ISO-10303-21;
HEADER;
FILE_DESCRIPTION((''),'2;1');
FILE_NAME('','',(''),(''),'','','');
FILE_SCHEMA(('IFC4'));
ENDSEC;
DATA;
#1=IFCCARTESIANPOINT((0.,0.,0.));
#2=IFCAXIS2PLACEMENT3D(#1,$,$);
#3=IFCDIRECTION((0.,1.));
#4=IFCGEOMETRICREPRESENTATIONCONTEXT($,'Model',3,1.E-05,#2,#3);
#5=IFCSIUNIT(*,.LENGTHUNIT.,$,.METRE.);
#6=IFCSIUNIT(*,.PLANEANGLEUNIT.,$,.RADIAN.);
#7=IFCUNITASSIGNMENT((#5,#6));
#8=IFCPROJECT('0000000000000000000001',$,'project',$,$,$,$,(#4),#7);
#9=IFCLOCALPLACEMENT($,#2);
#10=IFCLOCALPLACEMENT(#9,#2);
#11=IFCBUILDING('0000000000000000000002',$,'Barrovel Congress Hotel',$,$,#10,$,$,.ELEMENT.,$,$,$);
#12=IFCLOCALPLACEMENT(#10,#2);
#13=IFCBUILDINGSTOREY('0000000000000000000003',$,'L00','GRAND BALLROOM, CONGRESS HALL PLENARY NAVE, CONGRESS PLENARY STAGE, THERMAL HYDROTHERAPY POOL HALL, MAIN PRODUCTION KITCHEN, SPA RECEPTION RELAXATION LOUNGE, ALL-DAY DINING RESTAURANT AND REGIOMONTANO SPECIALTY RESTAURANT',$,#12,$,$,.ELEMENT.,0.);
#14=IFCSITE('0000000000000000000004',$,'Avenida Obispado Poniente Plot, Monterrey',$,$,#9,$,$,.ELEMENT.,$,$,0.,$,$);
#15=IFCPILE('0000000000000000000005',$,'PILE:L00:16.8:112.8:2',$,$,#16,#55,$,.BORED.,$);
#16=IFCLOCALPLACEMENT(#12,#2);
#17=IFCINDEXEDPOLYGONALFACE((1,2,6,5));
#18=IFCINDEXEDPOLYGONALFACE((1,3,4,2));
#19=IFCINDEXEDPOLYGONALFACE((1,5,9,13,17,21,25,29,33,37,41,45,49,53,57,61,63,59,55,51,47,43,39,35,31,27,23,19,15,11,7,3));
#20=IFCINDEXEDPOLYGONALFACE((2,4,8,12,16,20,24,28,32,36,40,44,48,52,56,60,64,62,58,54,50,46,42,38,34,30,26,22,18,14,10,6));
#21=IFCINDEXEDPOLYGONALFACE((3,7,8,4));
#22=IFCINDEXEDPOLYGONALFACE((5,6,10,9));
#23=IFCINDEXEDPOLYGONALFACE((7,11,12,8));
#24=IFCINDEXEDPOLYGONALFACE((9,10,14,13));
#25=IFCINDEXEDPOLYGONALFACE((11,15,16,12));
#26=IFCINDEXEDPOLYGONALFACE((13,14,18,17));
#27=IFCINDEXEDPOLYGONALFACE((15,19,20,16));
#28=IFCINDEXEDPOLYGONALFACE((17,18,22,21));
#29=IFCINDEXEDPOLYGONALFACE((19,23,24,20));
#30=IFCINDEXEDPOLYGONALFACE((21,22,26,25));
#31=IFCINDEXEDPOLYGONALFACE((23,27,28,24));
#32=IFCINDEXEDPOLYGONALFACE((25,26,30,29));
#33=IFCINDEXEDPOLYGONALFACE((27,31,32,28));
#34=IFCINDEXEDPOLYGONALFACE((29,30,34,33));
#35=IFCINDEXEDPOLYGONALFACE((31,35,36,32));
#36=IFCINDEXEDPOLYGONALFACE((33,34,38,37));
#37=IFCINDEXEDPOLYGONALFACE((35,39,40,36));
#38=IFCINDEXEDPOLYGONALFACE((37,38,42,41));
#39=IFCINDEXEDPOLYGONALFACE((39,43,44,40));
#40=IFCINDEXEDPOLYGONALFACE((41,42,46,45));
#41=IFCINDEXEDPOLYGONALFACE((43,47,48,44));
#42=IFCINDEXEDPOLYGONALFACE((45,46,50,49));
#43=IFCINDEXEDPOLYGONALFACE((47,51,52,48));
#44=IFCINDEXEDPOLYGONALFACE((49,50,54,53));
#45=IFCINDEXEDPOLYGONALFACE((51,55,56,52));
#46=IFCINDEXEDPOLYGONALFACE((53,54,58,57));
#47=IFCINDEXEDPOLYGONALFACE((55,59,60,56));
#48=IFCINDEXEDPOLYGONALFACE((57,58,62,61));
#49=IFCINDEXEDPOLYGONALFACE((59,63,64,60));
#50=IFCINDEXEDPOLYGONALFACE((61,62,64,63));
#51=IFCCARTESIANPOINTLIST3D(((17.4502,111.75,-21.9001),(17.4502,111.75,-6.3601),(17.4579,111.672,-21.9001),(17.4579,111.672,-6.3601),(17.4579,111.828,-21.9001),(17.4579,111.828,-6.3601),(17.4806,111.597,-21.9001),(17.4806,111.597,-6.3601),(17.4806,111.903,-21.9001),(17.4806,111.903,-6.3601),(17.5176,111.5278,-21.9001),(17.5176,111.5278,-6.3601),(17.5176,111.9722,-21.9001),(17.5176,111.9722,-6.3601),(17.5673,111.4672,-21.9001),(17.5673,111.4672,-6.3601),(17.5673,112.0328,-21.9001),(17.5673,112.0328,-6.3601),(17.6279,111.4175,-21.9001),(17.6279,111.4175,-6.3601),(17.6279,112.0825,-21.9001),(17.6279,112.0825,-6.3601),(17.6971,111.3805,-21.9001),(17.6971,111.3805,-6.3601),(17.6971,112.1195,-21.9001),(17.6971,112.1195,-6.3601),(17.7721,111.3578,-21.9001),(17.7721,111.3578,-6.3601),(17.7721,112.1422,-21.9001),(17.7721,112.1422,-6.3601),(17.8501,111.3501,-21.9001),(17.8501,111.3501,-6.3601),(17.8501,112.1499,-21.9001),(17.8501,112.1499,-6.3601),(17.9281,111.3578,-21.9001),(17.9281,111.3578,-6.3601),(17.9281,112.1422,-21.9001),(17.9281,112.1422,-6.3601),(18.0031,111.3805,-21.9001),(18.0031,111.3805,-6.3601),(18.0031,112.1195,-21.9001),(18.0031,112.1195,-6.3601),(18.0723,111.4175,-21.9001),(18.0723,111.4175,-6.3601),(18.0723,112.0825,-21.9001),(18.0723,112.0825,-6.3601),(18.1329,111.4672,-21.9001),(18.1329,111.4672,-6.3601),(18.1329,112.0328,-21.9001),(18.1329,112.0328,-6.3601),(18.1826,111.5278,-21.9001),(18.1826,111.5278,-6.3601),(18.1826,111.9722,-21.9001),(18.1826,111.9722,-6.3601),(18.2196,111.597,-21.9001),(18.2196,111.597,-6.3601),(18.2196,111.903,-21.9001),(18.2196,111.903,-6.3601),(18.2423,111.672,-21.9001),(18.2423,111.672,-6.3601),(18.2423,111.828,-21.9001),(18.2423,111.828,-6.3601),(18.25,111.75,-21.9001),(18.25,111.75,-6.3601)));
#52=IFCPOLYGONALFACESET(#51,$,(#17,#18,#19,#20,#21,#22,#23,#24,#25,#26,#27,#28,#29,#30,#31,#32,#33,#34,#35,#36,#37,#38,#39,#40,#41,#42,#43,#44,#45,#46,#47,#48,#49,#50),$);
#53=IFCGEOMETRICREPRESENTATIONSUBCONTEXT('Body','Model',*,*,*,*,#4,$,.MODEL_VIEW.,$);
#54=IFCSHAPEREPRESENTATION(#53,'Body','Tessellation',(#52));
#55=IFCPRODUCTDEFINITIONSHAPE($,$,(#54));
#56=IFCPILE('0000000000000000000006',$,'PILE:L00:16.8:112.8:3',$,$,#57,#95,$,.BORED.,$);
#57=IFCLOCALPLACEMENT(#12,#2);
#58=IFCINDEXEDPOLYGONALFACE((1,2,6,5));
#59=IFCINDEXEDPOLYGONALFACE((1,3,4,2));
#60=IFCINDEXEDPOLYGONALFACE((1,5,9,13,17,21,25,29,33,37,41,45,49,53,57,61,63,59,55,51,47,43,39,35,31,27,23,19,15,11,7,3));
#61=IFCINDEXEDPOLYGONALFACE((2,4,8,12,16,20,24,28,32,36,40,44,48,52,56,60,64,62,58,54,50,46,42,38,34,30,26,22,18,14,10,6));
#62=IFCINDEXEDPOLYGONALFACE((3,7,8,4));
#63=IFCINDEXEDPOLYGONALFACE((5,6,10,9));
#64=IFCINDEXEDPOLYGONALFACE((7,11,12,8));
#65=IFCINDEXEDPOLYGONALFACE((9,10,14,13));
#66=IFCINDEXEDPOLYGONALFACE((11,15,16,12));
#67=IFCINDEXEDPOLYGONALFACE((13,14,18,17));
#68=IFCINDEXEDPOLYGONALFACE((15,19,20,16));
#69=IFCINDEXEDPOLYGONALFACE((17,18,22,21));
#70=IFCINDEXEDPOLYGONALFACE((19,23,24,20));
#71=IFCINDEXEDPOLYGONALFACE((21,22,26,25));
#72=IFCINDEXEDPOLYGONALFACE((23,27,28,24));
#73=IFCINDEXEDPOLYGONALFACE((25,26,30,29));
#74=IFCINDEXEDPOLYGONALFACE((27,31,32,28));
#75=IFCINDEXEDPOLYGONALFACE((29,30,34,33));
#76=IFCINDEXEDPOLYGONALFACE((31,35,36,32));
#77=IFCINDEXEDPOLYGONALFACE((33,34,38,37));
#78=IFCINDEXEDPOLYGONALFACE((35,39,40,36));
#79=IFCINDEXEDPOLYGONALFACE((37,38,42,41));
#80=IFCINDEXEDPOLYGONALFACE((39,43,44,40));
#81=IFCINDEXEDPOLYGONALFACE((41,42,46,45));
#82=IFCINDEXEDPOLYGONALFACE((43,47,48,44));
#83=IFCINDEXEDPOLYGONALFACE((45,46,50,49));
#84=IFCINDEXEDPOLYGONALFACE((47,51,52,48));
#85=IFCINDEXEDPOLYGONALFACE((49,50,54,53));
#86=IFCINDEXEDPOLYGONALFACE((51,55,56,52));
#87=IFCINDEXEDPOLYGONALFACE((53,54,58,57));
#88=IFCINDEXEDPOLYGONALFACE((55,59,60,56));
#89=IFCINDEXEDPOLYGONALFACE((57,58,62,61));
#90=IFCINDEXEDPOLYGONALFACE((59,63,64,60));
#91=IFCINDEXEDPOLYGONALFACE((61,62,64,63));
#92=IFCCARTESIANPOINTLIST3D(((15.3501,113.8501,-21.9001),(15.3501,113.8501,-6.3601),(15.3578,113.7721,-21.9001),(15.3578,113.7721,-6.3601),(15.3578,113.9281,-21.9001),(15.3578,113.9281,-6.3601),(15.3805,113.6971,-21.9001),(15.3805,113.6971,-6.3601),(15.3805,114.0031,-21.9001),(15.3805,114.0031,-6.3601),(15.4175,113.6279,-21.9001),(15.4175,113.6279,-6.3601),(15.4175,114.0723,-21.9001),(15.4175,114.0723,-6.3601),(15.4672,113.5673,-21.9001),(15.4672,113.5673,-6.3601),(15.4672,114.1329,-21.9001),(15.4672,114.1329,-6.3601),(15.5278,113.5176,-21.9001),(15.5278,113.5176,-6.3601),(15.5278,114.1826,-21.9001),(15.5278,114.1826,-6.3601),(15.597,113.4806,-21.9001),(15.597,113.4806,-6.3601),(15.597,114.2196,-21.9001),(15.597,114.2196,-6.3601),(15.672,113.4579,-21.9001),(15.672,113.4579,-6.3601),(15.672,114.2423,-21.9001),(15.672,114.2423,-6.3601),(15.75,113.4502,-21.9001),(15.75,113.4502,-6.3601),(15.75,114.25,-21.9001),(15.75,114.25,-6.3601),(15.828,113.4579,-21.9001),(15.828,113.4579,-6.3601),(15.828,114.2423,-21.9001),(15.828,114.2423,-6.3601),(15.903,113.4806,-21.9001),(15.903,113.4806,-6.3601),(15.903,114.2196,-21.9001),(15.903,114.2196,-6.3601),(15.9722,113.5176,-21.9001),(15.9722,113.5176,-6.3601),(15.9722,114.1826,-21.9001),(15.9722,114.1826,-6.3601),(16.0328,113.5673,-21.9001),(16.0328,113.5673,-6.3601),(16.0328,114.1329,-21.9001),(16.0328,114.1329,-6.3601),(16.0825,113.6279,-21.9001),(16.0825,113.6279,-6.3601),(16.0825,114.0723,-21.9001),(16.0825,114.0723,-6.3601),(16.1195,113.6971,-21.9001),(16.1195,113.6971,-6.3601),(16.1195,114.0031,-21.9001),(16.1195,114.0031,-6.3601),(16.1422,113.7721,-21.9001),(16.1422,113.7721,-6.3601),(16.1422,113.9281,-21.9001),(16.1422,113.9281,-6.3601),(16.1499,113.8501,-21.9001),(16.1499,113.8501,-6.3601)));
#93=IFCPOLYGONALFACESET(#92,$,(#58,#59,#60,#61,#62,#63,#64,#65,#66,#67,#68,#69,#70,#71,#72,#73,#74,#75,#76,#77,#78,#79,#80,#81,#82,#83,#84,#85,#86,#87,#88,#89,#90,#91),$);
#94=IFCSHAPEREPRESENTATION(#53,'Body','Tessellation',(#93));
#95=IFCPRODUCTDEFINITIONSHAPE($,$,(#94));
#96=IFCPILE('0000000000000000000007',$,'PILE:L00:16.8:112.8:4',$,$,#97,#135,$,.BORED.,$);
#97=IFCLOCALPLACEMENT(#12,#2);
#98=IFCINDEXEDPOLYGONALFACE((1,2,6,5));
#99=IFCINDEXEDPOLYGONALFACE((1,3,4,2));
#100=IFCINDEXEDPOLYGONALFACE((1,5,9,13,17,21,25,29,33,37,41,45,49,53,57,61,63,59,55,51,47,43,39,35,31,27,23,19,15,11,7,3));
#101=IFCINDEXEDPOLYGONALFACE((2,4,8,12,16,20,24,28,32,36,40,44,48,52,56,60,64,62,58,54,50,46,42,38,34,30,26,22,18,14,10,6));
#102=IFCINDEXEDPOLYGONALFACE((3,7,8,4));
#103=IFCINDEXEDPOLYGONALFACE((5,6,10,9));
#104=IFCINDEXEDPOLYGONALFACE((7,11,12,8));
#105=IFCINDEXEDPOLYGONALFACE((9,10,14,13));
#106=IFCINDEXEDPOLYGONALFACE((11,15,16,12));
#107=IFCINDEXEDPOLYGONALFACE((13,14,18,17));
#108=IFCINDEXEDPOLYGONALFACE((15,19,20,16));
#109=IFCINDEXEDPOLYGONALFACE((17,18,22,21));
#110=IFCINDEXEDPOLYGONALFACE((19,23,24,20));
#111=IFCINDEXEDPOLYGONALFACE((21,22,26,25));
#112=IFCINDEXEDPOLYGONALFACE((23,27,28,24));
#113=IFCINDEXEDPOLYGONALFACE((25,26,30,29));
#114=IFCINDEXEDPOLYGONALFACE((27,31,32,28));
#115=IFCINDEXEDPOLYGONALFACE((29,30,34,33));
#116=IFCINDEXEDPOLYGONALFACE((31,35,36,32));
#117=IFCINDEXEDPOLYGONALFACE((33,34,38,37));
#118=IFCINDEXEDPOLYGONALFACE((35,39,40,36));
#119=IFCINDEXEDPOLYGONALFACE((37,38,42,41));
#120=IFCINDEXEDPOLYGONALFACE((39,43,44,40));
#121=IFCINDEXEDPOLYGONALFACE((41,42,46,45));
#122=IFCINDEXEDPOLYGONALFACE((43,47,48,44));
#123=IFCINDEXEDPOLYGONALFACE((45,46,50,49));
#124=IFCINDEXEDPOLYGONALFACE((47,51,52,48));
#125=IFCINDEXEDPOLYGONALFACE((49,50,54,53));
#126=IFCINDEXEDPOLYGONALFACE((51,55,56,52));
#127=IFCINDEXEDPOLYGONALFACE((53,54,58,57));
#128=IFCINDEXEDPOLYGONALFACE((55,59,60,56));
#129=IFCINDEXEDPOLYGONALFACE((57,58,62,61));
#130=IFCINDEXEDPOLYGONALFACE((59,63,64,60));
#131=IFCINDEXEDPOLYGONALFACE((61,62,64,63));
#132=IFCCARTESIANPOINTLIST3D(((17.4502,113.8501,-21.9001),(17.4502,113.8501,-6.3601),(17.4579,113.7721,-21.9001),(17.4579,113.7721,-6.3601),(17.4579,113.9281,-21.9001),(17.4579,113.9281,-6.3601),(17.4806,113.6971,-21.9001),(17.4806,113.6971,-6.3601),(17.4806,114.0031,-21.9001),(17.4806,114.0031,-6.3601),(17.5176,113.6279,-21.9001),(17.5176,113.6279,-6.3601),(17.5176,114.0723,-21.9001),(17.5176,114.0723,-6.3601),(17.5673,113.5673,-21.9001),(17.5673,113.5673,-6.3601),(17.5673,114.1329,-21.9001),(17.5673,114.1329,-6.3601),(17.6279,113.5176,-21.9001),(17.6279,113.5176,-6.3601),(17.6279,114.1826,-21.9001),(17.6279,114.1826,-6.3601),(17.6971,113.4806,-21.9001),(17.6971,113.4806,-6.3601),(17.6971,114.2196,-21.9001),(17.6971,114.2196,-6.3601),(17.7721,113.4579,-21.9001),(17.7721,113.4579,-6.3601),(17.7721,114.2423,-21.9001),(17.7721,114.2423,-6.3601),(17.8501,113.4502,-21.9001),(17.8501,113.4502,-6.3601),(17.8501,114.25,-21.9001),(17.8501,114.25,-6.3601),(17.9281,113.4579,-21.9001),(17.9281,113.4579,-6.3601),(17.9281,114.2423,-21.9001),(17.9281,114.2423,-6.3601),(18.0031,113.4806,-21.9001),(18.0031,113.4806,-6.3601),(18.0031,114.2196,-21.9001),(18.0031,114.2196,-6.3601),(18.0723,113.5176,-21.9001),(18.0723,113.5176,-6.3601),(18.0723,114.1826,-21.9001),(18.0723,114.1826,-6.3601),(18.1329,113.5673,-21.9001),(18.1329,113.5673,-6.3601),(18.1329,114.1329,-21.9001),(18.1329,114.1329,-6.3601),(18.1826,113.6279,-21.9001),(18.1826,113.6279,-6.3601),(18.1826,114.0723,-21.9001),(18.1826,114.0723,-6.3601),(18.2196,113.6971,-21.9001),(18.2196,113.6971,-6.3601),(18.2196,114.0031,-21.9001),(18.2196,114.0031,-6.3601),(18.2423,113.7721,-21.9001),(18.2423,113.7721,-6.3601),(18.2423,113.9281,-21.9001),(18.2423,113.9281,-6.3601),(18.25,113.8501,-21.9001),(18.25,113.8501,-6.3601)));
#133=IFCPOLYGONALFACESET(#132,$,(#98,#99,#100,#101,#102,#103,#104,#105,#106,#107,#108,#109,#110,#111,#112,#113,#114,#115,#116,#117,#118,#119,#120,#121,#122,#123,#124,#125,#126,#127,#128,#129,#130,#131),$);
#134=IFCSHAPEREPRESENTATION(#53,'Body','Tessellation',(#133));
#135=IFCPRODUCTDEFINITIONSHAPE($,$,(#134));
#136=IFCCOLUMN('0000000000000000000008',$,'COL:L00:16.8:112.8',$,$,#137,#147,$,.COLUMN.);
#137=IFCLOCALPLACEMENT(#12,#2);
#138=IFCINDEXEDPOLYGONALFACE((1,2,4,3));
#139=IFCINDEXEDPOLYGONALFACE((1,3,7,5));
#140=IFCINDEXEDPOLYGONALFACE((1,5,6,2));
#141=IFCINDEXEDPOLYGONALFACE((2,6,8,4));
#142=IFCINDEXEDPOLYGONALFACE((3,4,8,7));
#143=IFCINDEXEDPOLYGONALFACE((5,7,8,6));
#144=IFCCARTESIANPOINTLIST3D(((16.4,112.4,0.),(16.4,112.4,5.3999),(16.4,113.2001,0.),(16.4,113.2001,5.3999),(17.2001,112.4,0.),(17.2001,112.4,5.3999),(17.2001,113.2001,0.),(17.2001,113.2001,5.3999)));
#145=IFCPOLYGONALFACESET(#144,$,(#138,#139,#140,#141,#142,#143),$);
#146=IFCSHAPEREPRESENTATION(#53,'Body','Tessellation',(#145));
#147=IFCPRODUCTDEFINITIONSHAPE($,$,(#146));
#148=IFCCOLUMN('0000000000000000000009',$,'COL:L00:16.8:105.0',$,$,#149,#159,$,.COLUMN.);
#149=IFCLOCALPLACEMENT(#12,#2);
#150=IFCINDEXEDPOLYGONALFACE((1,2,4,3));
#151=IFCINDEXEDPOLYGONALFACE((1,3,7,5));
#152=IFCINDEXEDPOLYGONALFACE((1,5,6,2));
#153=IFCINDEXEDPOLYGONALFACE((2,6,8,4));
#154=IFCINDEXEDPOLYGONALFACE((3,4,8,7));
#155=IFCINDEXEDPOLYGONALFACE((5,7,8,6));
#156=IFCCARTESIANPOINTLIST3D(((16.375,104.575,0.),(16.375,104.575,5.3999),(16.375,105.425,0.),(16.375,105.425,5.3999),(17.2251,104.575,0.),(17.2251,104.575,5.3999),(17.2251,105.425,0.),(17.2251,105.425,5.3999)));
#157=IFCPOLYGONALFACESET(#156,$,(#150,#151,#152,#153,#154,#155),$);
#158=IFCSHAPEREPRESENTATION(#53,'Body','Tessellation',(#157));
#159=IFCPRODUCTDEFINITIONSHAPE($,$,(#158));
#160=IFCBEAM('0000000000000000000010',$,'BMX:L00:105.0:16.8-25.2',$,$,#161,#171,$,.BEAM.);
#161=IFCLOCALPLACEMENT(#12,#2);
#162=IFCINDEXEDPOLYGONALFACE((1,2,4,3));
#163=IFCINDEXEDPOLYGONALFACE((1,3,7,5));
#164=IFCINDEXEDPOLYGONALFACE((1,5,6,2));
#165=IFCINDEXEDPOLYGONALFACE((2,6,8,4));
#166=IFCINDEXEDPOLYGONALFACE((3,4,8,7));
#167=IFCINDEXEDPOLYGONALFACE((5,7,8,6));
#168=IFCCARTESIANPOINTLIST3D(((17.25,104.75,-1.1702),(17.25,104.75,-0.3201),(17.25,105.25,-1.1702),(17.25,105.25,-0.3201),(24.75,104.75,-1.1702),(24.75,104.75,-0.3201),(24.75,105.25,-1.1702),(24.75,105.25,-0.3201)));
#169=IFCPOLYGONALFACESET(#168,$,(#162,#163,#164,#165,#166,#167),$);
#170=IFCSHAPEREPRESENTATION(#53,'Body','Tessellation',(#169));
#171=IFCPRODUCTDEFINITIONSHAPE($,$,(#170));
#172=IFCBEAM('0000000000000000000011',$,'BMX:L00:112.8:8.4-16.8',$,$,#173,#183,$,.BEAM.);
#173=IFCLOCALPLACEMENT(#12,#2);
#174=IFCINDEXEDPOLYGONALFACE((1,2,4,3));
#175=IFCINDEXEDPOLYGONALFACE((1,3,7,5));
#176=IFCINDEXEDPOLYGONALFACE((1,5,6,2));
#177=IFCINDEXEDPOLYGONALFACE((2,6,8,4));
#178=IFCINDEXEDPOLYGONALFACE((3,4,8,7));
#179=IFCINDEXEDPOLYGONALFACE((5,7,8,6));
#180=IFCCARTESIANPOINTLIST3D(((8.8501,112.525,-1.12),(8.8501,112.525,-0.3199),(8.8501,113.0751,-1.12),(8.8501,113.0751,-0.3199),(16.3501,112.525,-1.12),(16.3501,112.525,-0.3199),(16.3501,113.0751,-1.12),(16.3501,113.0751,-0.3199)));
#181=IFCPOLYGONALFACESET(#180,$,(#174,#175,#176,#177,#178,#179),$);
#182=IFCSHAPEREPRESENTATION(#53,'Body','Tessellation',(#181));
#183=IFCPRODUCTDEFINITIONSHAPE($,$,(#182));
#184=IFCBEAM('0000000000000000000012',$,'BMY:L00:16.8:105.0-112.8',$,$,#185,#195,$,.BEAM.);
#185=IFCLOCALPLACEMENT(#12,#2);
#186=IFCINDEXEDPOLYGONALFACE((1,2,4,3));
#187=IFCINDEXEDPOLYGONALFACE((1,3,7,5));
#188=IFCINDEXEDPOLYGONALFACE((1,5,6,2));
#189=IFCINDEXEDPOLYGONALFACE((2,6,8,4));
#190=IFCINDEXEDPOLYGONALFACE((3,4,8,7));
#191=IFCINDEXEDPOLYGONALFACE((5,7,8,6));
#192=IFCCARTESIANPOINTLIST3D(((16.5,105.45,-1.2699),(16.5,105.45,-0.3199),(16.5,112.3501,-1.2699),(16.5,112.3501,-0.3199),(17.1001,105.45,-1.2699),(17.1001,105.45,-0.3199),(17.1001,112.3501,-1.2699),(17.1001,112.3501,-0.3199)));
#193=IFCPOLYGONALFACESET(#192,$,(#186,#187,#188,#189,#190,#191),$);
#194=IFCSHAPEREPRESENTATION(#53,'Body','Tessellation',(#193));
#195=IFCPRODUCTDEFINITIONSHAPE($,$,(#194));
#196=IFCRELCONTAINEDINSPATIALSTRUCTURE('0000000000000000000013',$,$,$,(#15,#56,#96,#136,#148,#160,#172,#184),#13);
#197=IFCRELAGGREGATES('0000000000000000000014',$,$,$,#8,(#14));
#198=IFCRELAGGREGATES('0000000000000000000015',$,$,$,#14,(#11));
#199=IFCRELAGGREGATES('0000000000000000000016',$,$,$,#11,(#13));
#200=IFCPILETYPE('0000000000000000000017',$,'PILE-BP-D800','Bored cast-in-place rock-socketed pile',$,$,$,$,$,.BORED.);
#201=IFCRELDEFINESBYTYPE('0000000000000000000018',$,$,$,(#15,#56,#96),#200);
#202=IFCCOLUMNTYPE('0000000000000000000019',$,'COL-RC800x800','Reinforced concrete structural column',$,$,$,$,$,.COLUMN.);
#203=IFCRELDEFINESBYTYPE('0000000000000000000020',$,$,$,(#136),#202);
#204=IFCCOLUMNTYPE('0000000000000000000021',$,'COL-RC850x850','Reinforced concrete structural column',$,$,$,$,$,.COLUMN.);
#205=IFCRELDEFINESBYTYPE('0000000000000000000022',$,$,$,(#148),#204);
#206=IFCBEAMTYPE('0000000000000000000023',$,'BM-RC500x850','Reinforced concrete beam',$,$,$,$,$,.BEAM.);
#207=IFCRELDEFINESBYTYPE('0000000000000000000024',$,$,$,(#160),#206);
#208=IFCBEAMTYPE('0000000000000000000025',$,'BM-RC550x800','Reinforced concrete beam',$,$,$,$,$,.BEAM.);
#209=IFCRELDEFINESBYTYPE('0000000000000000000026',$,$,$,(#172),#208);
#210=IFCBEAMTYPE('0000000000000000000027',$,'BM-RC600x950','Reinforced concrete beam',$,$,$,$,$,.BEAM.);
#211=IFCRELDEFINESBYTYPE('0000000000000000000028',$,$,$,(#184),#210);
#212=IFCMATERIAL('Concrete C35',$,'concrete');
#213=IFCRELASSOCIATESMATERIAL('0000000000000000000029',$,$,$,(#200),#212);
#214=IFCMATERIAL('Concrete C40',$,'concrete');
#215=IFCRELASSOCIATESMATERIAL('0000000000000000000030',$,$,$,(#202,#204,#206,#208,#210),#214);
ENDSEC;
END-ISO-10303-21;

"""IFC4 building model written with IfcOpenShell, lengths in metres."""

from ifc_helpers import new_model, si_unit, direction, frame, origin, origin_2d, place, context, subcontext, project, spatial, rectangle, circle, extrude, material, material_profile, profile_set, type_object, element, save


model = new_model("IFC4")

# Units and contexts
model_context = context("Model", 3, precision=1e-05, world=origin(), true_north=direction((0.0, 1.0)))
body_context = subcontext(model_context, "Body", "Model", "MODEL_VIEW")
ifc_project = project(units=[si_unit("LENGTHUNIT", "METRE"), si_unit("PLANEANGLEUNIT", "RADIAN")], contexts=[model_context])

# Site, building, storey
site_placement = place(None, origin())
site = spatial("IfcSite", under=ifc_project, at=site_placement, Name="Avenida Obispado Poniente Plot, Monterrey", CompositionType="ELEMENT", RefElevation=0.0)
building_placement = place(site_placement, origin())
building = spatial("IfcBuilding", under=site, at=building_placement, Name="Barrovel Congress Hotel", CompositionType="ELEMENT")
storey_placement = place(building_placement, origin())
storey = spatial("IfcBuildingStorey", under=building, at=storey_placement, Name="L00", Description="GRAND BALLROOM, CONGRESS HALL PLENARY NAVE, CONGRESS PLENARY STAGE, THERMAL HYDROTHERAPY POOL HALL, MAIN PRODUCTION KITCHEN, SPA RECEPTION RELAXATION LOUNGE, ALL-DAY DINING RESTAURANT AND REGIOMONTANO SPECIALTY RESTAURANT", CompositionType="ELEMENT", Elevation=0.0)

# Shared definitions
ifc_material_1 = material(Name="Concrete C40", Category="concrete")

# Piles
ifc_material_2 = material(Name="Concrete C35", Category="concrete")
ifc_material_profile_1 = material_profile(ifc_material_2, circle(Radius=0.3999, at=origin_2d()), Name="BP-D800")
ifc_profile_set_1 = profile_set([ifc_material_profile_1], Name="Concrete C35")
pile_type = type_object("IfcPileType", Name="PILE-BP-D800", Description="Bored cast-in-place rock-socketed pile", PredefinedType="BORED", material=ifc_profile_set_1)
for number, where, z_axis, x_axis, name in (
    (1, (17.8501, 111.75, -6.3601), (0.0, 0.0, -1.0), (1.0, 0.0, 0.0), "PILE:L00:16.8:112.8:2"),
    (2, (15.75, 113.8501, -6.3601), (0.0, 0.0, -1.0), (1.0, 0.0, 0.0), "PILE:L00:16.8:112.8:3"),
    (3, (17.8501, 113.8501, -6.3601), (0.0, 0.0, -1.0), (1.0, 0.0, 0.0), "PILE:L00:16.8:112.8:4"),
):
    element("IfcPile", number, at=place(storey_placement, frame(where, z_axis=z_axis, x_axis=x_axis)), inside=storey, type_object=pile_type, Name=name, PredefinedType="BORED", context=body_context, shape_type="SweptSolid", body=[
        extrude(circle(Radius=0.3999, at=origin_2d()), origin(), (0.0, 0.0, 1.0), 15.54),
    ])

# Columns
ifc_material_profile_2 = material_profile(ifc_material_1, rectangle(XDim=0.8, YDim=0.8, at=origin_2d()), Name="RC800x800")
ifc_profile_set_2 = profile_set([ifc_material_profile_2], Name="Concrete C40")
column_type_1 = type_object("IfcColumnType", Name="COL-RC800x800", Description="Reinforced concrete structural column", PredefinedType="COLUMN", material=ifc_profile_set_2)
column_1_placement = place(storey_placement, frame((16.8, 112.8, 0.0), z_axis=(0.0, 0.0, 1.0), x_axis=(1.0, 0.0, 0.0)))
element("IfcColumn", 4, at=column_1_placement, inside=storey, type_object=column_type_1, Name="COL:L00:16.8:112.8", PredefinedType="COLUMN", context=body_context, shape_type="SweptSolid", body=[
    extrude(rectangle(XDim=0.8, YDim=0.8, at=origin_2d()), origin(), (0.0, 0.0, 1.0), 5.3999),
])
ifc_material_profile_3 = material_profile(ifc_material_1, rectangle(XDim=0.8501, YDim=0.8501, at=origin_2d()), Name="RC850x850")
ifc_profile_set_3 = profile_set([ifc_material_profile_3], Name="Concrete C40")
column_type_2 = type_object("IfcColumnType", Name="COL-RC850x850", Description="Reinforced concrete structural column", PredefinedType="COLUMN", material=ifc_profile_set_3)
column_2_placement = place(storey_placement, frame((16.8, 105.0, 0.0), z_axis=(0.0, 0.0, 1.0), x_axis=(1.0, 0.0, 0.0)))
element("IfcColumn", 5, at=column_2_placement, inside=storey, type_object=column_type_2, Name="COL:L00:16.8:105.0", PredefinedType="COLUMN", context=body_context, shape_type="SweptSolid", body=[
    extrude(rectangle(XDim=0.8501, YDim=0.8501, at=origin_2d()), origin(), (0.0, 0.0, 1.0), 5.3999),
])

# Beams
ifc_material_profile_4 = material_profile(ifc_material_1, rectangle(XDim=0.5, YDim=0.8501, at=origin_2d()), Name="RC500x850")
ifc_profile_set_4 = profile_set([ifc_material_profile_4], Name="Concrete C40")
beam_type_1 = type_object("IfcBeamType", Name="BM-RC500x850", Description="Reinforced concrete beam", PredefinedType="BEAM", material=ifc_profile_set_4)
beam_1_placement = place(storey_placement, frame((17.25, 105.0, -0.7451), z_axis=(1.0, 0.0, 0.0), x_axis=(0.0, 1.0, 0.0)))
element("IfcBeam", 6, at=beam_1_placement, inside=storey, type_object=beam_type_1, Name="BMX:L00:105.0:16.8-25.2", PredefinedType="BEAM", context=body_context, shape_type="SweptSolid", body=[
    extrude(rectangle(XDim=0.5, YDim=0.8501, at=origin_2d()), origin(), (0.0, 0.0, 1.0), 7.5),
])
ifc_material_profile_5 = material_profile(ifc_material_1, rectangle(XDim=0.55, YDim=0.8, at=origin_2d()), Name="RC550x800")
ifc_profile_set_5 = profile_set([ifc_material_profile_5], Name="Concrete C40")
beam_type_2 = type_object("IfcBeamType", Name="BM-RC550x800", Description="Reinforced concrete beam", PredefinedType="BEAM", material=ifc_profile_set_5)
beam_2_placement = place(storey_placement, frame((8.8501, 112.8, -0.72), z_axis=(1.0, 0.0, 0.0), x_axis=(0.0, 1.0, 0.0)))
element("IfcBeam", 7, at=beam_2_placement, inside=storey, type_object=beam_type_2, Name="BMX:L00:112.8:8.4-16.8", PredefinedType="BEAM", context=body_context, shape_type="SweptSolid", body=[
    extrude(rectangle(XDim=0.55, YDim=0.8, at=origin_2d()), origin(), (0.0, 0.0, 1.0), 7.5),
])
ifc_material_profile_6 = material_profile(ifc_material_1, rectangle(XDim=0.6001, YDim=0.95, at=origin_2d()), Name="RC600x950")
ifc_profile_set_6 = profile_set([ifc_material_profile_6], Name="Concrete C40")
beam_type_3 = type_object("IfcBeamType", Name="BM-RC600x950", Description="Reinforced concrete beam", PredefinedType="BEAM", material=ifc_profile_set_6)
beam_3_placement = place(storey_placement, frame((16.8, 105.45, -0.7949), z_axis=(0.0, 1.0, 0.0), x_axis=(-1.0, 0.0, 0.0)))
element("IfcBeam", 8, at=beam_3_placement, inside=storey, type_object=beam_type_3, Name="BMY:L00:16.8:105.0-112.8", PredefinedType="BEAM", context=body_context, shape_type="SweptSolid", body=[
    extrude(rectangle(XDim=0.6001, YDim=0.95, at=origin_2d()), origin(), (0.0, 0.0, 1.0), 6.9001),
])

save(model, "model.ifc")
